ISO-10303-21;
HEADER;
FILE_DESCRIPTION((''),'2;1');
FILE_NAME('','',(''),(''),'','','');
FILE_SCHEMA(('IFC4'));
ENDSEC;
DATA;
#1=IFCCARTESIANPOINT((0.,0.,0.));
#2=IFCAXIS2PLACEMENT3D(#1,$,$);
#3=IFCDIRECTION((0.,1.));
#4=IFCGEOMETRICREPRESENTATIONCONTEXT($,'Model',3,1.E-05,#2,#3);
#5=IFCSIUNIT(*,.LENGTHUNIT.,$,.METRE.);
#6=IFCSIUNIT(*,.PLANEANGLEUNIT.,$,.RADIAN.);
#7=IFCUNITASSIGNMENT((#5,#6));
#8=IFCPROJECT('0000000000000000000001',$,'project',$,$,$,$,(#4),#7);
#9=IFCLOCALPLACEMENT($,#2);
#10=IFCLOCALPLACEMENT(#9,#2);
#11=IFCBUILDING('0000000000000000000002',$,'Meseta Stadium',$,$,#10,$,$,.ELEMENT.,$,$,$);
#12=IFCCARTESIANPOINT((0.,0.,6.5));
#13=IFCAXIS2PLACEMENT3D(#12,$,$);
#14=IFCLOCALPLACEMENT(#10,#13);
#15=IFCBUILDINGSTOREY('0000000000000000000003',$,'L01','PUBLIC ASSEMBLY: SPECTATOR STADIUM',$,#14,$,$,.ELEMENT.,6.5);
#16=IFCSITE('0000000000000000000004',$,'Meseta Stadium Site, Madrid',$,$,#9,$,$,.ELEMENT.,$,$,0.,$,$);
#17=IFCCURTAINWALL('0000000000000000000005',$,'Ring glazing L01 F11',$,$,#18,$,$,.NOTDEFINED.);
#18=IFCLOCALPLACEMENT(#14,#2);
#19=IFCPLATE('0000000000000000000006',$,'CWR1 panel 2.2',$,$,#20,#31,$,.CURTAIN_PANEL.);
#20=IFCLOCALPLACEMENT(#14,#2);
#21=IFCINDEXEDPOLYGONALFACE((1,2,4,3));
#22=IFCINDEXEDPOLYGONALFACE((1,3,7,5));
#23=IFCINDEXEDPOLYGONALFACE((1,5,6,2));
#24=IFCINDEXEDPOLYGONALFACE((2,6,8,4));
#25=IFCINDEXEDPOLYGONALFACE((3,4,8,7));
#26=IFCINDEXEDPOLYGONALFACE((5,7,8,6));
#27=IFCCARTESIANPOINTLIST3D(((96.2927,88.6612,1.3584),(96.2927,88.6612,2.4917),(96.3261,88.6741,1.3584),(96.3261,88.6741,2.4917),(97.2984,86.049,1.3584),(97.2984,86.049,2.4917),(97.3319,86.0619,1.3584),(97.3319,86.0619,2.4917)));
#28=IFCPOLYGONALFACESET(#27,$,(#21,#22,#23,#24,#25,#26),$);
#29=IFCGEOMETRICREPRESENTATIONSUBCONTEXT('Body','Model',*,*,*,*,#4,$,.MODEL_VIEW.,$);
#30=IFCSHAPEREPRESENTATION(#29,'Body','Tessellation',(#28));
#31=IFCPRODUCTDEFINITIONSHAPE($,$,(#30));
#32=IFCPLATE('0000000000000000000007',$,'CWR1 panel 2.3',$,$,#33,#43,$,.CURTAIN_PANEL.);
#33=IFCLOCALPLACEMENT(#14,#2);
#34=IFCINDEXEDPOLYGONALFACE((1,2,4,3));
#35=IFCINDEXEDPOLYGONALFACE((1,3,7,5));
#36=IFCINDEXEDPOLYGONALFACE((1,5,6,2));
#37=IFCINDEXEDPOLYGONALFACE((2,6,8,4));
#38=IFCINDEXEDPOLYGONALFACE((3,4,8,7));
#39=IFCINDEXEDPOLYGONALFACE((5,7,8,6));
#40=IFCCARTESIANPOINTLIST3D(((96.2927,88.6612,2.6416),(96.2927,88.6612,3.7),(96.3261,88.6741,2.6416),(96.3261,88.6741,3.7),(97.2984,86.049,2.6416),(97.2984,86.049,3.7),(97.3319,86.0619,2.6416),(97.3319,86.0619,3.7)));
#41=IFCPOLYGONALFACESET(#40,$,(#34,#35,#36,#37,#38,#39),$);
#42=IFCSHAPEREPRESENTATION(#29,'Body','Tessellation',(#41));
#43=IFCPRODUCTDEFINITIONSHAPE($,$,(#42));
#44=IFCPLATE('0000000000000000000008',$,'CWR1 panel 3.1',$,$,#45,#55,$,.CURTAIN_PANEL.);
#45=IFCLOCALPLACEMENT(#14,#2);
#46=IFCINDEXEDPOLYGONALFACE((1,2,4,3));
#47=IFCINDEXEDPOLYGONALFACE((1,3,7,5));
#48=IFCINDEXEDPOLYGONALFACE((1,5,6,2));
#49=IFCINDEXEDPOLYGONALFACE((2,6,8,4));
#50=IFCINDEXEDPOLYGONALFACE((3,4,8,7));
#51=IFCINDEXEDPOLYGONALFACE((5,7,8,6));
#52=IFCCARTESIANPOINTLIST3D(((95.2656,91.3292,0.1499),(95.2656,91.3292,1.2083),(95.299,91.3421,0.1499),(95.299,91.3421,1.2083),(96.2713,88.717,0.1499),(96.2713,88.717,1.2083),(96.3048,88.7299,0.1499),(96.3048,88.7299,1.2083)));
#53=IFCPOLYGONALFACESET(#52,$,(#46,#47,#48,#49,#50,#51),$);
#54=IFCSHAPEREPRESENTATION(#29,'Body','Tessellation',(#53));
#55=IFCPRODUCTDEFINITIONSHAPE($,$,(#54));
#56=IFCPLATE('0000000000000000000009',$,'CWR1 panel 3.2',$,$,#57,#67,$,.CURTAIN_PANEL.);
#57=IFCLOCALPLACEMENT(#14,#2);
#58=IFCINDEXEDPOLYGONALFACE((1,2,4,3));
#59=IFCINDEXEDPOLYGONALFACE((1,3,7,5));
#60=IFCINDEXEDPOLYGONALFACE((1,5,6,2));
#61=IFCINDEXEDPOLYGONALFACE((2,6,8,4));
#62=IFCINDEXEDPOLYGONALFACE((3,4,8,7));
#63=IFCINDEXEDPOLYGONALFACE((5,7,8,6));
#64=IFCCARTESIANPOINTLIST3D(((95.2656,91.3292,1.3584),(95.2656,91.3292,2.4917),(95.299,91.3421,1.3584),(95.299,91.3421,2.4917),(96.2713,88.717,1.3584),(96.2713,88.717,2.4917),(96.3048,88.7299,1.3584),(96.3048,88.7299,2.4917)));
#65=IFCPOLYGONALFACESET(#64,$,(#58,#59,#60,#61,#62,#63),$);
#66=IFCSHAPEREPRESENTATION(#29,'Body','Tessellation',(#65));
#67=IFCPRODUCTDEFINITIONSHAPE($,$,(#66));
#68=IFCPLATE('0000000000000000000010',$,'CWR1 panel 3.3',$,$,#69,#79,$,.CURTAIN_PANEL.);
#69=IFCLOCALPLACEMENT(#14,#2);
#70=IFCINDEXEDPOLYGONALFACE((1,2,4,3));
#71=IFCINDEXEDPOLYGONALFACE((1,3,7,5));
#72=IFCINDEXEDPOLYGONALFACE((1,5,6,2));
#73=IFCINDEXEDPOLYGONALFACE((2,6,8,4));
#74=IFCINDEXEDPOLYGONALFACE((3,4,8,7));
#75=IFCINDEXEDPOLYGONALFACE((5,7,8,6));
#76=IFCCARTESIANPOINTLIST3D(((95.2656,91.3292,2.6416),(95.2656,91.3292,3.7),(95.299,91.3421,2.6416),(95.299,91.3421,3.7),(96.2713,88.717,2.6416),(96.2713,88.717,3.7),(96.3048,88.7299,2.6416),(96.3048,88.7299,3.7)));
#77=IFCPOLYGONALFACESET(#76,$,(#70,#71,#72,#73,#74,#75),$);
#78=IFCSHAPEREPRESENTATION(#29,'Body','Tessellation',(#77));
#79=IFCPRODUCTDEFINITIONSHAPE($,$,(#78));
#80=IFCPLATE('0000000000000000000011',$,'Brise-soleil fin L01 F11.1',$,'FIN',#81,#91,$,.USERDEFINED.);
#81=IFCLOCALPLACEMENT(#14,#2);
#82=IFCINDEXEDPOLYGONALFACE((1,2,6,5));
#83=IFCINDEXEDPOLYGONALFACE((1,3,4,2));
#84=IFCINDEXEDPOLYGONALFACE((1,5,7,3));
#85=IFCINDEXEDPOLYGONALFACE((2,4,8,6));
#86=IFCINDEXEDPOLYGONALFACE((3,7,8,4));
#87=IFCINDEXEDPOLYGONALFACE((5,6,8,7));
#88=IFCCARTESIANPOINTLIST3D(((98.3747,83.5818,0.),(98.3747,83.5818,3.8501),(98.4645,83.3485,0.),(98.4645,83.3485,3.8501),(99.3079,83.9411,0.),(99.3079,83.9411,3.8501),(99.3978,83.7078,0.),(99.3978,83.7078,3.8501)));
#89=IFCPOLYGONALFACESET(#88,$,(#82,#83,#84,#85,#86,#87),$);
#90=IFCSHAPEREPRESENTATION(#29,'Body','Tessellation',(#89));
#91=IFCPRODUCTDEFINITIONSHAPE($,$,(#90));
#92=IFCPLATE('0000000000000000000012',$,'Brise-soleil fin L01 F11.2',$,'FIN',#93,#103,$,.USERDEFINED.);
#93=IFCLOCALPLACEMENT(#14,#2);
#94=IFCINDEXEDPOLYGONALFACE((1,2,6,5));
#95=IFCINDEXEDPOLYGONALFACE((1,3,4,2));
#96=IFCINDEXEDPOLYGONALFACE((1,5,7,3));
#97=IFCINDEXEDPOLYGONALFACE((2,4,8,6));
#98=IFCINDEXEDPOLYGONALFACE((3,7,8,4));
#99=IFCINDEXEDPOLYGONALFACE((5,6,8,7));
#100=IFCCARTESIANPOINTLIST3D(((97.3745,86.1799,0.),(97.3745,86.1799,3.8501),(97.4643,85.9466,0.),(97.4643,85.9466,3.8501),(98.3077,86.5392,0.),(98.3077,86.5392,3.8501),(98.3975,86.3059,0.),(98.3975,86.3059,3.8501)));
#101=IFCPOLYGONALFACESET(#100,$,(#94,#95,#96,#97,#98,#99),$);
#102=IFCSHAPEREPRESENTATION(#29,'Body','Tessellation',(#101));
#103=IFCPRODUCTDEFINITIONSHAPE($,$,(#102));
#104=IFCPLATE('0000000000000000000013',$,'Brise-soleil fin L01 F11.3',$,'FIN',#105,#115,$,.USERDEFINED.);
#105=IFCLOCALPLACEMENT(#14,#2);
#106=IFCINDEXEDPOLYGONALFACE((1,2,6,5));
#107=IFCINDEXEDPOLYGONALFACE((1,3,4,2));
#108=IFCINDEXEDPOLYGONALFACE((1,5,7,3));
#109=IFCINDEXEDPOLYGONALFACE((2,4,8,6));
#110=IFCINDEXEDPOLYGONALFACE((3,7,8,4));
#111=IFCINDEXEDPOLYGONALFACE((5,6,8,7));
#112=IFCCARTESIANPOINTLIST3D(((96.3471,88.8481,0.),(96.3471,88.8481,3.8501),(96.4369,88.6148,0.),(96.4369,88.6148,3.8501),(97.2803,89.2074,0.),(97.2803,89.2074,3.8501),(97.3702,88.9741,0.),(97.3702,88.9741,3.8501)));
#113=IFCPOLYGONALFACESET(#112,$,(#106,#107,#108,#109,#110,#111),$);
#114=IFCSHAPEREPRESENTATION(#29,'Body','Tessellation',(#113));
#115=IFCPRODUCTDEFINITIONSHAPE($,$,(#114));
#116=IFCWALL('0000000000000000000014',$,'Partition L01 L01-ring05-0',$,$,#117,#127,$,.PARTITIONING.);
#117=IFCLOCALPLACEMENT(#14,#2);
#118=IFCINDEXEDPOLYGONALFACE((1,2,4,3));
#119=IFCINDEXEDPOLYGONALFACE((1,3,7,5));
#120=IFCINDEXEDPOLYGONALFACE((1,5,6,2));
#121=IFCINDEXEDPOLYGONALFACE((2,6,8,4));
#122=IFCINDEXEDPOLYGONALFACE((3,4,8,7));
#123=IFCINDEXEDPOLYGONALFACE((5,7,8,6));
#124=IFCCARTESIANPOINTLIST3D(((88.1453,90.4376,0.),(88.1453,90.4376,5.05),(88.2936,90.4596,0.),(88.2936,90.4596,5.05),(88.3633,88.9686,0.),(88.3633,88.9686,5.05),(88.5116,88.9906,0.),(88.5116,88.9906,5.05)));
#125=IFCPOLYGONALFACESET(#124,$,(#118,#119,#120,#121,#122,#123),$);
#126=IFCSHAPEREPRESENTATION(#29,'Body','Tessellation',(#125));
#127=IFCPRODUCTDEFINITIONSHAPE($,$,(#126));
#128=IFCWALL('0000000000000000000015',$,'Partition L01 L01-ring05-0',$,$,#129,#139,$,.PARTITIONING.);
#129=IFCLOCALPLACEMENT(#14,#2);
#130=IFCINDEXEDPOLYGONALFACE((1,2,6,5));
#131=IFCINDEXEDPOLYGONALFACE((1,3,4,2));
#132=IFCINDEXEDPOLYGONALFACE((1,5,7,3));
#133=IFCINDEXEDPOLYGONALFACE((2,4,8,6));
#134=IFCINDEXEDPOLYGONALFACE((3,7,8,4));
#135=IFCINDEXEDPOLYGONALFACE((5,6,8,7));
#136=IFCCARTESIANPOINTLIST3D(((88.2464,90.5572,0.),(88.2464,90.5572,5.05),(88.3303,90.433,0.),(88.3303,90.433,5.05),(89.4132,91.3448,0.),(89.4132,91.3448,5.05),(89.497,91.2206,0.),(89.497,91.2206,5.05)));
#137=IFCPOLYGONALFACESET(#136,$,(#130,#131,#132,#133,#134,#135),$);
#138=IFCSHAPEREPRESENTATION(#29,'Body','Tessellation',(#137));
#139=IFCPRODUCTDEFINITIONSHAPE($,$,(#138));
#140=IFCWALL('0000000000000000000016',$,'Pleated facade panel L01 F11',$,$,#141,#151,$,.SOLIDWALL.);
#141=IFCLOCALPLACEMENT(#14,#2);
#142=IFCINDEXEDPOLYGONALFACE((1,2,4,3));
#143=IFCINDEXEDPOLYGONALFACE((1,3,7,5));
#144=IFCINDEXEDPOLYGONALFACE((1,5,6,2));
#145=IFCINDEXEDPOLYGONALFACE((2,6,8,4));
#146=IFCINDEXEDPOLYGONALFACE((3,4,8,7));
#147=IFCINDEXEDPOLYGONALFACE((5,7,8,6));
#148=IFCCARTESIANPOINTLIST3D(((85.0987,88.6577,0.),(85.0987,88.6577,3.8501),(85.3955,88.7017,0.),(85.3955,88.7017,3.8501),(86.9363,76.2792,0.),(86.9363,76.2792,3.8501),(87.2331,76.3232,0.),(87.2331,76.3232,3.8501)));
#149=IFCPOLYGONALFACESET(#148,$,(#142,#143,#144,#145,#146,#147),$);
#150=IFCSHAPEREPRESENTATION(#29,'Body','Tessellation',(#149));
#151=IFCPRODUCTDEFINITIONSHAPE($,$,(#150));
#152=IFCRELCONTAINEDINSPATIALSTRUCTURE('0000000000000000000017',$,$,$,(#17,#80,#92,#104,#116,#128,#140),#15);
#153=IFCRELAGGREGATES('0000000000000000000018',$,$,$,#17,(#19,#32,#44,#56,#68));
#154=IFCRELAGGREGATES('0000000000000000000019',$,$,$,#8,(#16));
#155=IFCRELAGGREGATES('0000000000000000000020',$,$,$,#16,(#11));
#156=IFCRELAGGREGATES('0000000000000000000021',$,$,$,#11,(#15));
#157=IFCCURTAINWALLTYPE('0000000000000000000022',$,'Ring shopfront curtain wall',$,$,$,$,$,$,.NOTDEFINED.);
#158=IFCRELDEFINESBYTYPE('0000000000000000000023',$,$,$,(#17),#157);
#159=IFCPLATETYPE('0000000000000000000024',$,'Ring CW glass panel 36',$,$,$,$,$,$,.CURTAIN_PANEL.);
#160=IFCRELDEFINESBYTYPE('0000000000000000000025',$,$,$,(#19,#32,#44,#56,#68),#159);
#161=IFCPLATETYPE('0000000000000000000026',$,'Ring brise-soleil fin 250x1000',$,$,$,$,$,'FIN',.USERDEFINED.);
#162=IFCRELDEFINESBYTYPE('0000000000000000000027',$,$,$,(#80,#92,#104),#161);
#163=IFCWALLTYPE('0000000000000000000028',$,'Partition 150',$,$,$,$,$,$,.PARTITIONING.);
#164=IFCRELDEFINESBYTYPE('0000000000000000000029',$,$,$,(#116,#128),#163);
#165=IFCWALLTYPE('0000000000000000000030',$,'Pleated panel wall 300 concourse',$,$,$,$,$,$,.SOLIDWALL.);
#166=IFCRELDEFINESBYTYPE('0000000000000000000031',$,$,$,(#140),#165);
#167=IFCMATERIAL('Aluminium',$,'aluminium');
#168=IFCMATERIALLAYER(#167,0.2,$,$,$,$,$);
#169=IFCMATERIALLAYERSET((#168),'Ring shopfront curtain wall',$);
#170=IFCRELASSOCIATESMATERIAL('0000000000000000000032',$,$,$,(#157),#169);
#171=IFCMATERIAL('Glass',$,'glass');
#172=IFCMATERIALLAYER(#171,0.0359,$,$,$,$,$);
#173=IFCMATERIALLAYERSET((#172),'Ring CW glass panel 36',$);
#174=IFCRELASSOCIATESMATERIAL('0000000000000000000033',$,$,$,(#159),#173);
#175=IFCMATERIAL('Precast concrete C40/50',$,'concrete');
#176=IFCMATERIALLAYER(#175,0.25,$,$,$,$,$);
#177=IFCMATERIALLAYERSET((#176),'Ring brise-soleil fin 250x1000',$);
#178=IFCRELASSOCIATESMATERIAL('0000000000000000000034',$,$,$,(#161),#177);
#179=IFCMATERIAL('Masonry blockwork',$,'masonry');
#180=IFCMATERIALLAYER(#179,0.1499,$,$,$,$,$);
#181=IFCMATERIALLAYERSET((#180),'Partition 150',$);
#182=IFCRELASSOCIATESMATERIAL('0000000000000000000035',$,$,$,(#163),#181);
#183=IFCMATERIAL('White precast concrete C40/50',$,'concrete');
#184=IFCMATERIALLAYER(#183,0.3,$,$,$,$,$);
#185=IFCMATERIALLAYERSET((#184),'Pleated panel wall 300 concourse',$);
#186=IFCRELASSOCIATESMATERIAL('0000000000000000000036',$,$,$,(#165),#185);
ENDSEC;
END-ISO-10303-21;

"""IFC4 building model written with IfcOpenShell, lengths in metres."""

from ifc_helpers import new_model, si_unit, direction, frame, frame_2d, origin, origin_2d, place, context, subcontext, project, spatial, rectangle, extrude, material, layer, layer_set, type_object, element, aggregate, save


model = new_model("IFC4")

# Units and contexts
model_context = context("Model", 3, precision=1e-05, world=origin(), true_north=direction((0.0, 1.0)))
body_context = subcontext(model_context, "Body", "Model", "MODEL_VIEW")
ifc_project = project(units=[si_unit("LENGTHUNIT", "METRE"), si_unit("PLANEANGLEUNIT", "RADIAN")], contexts=[model_context])

# Site, building, storey
site_placement = place(None, origin())
site = spatial("IfcSite", under=ifc_project, at=site_placement, Name="Meseta Stadium Site, Madrid", CompositionType="ELEMENT", RefElevation=0.0)
building_placement = place(site_placement, origin())
building = spatial("IfcBuilding", under=site, at=building_placement, Name="Meseta Stadium", CompositionType="ELEMENT")
storey_placement = place(building_placement, frame((0.0, 0.0, 6.5)))
storey = spatial("IfcBuildingStorey", under=building, at=storey_placement, Name="L01", Description="PUBLIC ASSEMBLY: SPECTATOR STADIUM", CompositionType="ELEMENT", Elevation=6.5)

# Curtain wall, plates
ifc_material_1 = material(Name="Aluminium", Category="aluminium")
ifc_layer_1 = layer(ifc_material_1, 0.2)
ifc_layer_set_1 = layer_set([ifc_layer_1], Name="Ring shopfront curtain wall")
curtain_wall_type = type_object("IfcCurtainWallType", Name="Ring shopfront curtain wall", PredefinedType="NOTDEFINED", material=ifc_layer_set_1)
curtain_wall_placement = place(storey_placement, origin())
curtain_wall = element("IfcCurtainWall", 1, at=curtain_wall_placement, inside=storey, type_object=curtain_wall_type, Name="Ring glazing L01 F11", PredefinedType="NOTDEFINED")
ifc_material_2 = material(Name="Glass", Category="glass")
ifc_layer_2 = layer(ifc_material_2, 0.0359)
ifc_layer_set_2 = layer_set([ifc_layer_2], Name="Ring CW glass panel 36")
plate_type_1 = type_object("IfcPlateType", Name="Ring CW glass panel 36", PredefinedType="CURTAIN_PANEL", material=ifc_layer_set_2)
plate_1_placement = place(storey_placement, frame((96.8123, 87.3616, 1.3584), z_axis=(0.0, 0.0, 1.0), x_axis=(-0.359302, 0.933221, 0.0)))
plate_1 = element("IfcPlate", 2, at=plate_1_placement, type_object=plate_type_1, Name="CWR1 panel 2.2", PredefinedType="CURTAIN_PANEL", context=body_context, shape_type="SweptSolid", body=[
    extrude(rectangle(XDim=2.7991, YDim=0.0359, at=origin_2d()), origin(), (0.0, 0.0, 1.0), 1.1333),
])
plate_2_placement = place(storey_placement, frame((96.8123, 87.3616, 2.6416), z_axis=(0.0, 0.0, 1.0), x_axis=(-0.359302, 0.933221, 0.0)))
plate_2 = element("IfcPlate", 3, at=plate_2_placement, type_object=plate_type_1, Name="CWR1 panel 2.3", PredefinedType="CURTAIN_PANEL", context=body_context, shape_type="SweptSolid", body=[
    extrude(rectangle(XDim=2.7991, YDim=0.0359, at=origin_2d()), origin(), (0.0, 0.0, 1.0), 1.0583),
])
plate_3_placement = place(storey_placement, frame((95.7852, 90.0295, 0.1499), z_axis=(0.0, 0.0, 1.0), x_axis=(-0.359302, 0.933221, 0.0)))
plate_3 = element("IfcPlate", 4, at=plate_3_placement, type_object=plate_type_1, Name="CWR1 panel 3.1", PredefinedType="CURTAIN_PANEL", context=body_context, shape_type="SweptSolid", body=[
    extrude(rectangle(XDim=2.7991, YDim=0.0359, at=origin_2d()), origin(), (0.0, 0.0, 1.0), 1.0583),
])
plate_4_placement = place(storey_placement, frame((95.7852, 90.0295, 1.3584), z_axis=(0.0, 0.0, 1.0), x_axis=(-0.359302, 0.933221, 0.0)))
plate_4 = element("IfcPlate", 5, at=plate_4_placement, type_object=plate_type_1, Name="CWR1 panel 3.2", PredefinedType="CURTAIN_PANEL", context=body_context, shape_type="SweptSolid", body=[
    extrude(rectangle(XDim=2.7991, YDim=0.0359, at=origin_2d()), origin(), (0.0, 0.0, 1.0), 1.1333),
])
plate_5_placement = place(storey_placement, frame((95.7852, 90.0295, 2.6416), z_axis=(0.0, 0.0, 1.0), x_axis=(-0.359302, 0.933221, 0.0)))
plate_5 = element("IfcPlate", 6, at=plate_5_placement, type_object=plate_type_1, Name="CWR1 panel 3.3", PredefinedType="CURTAIN_PANEL", context=body_context, shape_type="SweptSolid", body=[
    extrude(rectangle(XDim=2.7991, YDim=0.0359, at=origin_2d()), origin(), (0.0, 0.0, 1.0), 1.0583),
])
aggregate(curtain_wall, [plate_1, plate_2, plate_3, plate_4, plate_5])

# Plates
ifc_material_3 = material(Name="Precast concrete C40/50", Category="concrete")
ifc_layer_3 = layer(ifc_material_3, 0.25)
ifc_layer_set_3 = layer_set([ifc_layer_3], Name="Ring brise-soleil fin 250x1000")
plate_type_2 = type_object("IfcPlateType", Name="Ring brise-soleil fin 250x1000", ElementType="FIN", PredefinedType="USERDEFINED", material=ifc_layer_set_3)
for number, where, z_axis, x_axis, name in (
    (7, (98.8862, 83.6448, 0.0), (0.0, 0.0, 1.0), (-0.359298, 0.933223, 0.0), "Brise-soleil fin L01 F11.1"),
    (8, (97.886, 86.2429, 0.0), (0.0, 0.0, 1.0), (-0.359298, 0.933223, 0.0), "Brise-soleil fin L01 F11.2"),
    (9, (96.8586, 88.9111, 0.0), (0.0, 0.0, 1.0), (-0.359298, 0.933223, 0.0), "Brise-soleil fin L01 F11.3"),
):
    element("IfcPlate", number, at=place(storey_placement, frame(where, z_axis=z_axis, x_axis=x_axis)), inside=storey, type_object=plate_type_2, Name=name, ObjectType="FIN", PredefinedType="USERDEFINED", context=body_context, shape_type="SweptSolid", body=[
        extrude(rectangle(XDim=0.25, YDim=1.0, at=origin_2d()), origin(), (0.0, 0.0, 1.0), 3.8501),
    ])

# Walls
ifc_material_4 = material(Name="Masonry blockwork", Category="masonry")
ifc_layer_4 = layer(ifc_material_4, 0.1499)
ifc_layer_set_4 = layer_set([ifc_layer_4], Name="Partition 150")
wall_type_1 = type_object("IfcWallType", Name="Partition 150", PredefinedType="PARTITIONING", material=ifc_layer_set_4)
wall_1_placement = place(storey_placement, frame((88.4375, 88.9795, 0.0), z_axis=(0.0, 0.0, 1.0), x_axis=(-0.146805, 0.989165, 0.0)))
element("IfcWall", 10, at=wall_1_placement, inside=storey, type_object=wall_type_1, Name="Partition L01 L01-ring05-0", PredefinedType="PARTITIONING", context=body_context, shape_type="SweptSolid", body=[
    extrude(rectangle(XDim=1.4851, YDim=0.1499, at=frame_2d((0.7427, 0.0))), origin(), (0.0, 0.0, 1.0), 5.05),
])
wall_2_placement = place(storey_placement, frame((88.2883, 90.4951, 0.0), z_axis=(0.0, 0.0, 1.0), x_axis=(0.828835, 0.559494, 0.0)))
element("IfcWall", 11, at=wall_2_placement, inside=storey, type_object=wall_type_1, Name="Partition L01 L01-ring05-0", PredefinedType="PARTITIONING", context=body_context, shape_type="SweptSolid", body=[
    extrude(rectangle(XDim=1.4077, YDim=0.1499, at=frame_2d((0.7039, 0.0))), origin(), (0.0, 0.0, 1.0), 5.05),
])
ifc_material_5 = material(Name="White precast concrete C40/50", Category="concrete")
ifc_layer_5 = layer(ifc_material_5, 0.3)
ifc_layer_set_5 = layer_set([ifc_layer_5], Name="Pleated panel wall 300 concourse")
wall_type_2 = type_object("IfcWallType", Name="Pleated panel wall 300 concourse", PredefinedType="SOLIDWALL", material=ifc_layer_set_5)
wall_3_placement = place(storey_placement, frame((85.2471, 88.6797, 0.0), z_axis=(0.0, 0.0, 1.0), x_axis=(0.146846, -0.989159, 0.0)))
element("IfcWall", 12, at=wall_3_placement, inside=storey, type_object=wall_type_2, Name="Pleated facade panel L01 F11", PredefinedType="SOLIDWALL", context=body_context, shape_type="SweptSolid", body=[
    extrude(rectangle(XDim=12.5142, YDim=0.3, at=frame_2d((6.2571, 0.0))), origin(), (0.0, 0.0, 1.0), 3.8501),
])

save(model, "model.ifc")
